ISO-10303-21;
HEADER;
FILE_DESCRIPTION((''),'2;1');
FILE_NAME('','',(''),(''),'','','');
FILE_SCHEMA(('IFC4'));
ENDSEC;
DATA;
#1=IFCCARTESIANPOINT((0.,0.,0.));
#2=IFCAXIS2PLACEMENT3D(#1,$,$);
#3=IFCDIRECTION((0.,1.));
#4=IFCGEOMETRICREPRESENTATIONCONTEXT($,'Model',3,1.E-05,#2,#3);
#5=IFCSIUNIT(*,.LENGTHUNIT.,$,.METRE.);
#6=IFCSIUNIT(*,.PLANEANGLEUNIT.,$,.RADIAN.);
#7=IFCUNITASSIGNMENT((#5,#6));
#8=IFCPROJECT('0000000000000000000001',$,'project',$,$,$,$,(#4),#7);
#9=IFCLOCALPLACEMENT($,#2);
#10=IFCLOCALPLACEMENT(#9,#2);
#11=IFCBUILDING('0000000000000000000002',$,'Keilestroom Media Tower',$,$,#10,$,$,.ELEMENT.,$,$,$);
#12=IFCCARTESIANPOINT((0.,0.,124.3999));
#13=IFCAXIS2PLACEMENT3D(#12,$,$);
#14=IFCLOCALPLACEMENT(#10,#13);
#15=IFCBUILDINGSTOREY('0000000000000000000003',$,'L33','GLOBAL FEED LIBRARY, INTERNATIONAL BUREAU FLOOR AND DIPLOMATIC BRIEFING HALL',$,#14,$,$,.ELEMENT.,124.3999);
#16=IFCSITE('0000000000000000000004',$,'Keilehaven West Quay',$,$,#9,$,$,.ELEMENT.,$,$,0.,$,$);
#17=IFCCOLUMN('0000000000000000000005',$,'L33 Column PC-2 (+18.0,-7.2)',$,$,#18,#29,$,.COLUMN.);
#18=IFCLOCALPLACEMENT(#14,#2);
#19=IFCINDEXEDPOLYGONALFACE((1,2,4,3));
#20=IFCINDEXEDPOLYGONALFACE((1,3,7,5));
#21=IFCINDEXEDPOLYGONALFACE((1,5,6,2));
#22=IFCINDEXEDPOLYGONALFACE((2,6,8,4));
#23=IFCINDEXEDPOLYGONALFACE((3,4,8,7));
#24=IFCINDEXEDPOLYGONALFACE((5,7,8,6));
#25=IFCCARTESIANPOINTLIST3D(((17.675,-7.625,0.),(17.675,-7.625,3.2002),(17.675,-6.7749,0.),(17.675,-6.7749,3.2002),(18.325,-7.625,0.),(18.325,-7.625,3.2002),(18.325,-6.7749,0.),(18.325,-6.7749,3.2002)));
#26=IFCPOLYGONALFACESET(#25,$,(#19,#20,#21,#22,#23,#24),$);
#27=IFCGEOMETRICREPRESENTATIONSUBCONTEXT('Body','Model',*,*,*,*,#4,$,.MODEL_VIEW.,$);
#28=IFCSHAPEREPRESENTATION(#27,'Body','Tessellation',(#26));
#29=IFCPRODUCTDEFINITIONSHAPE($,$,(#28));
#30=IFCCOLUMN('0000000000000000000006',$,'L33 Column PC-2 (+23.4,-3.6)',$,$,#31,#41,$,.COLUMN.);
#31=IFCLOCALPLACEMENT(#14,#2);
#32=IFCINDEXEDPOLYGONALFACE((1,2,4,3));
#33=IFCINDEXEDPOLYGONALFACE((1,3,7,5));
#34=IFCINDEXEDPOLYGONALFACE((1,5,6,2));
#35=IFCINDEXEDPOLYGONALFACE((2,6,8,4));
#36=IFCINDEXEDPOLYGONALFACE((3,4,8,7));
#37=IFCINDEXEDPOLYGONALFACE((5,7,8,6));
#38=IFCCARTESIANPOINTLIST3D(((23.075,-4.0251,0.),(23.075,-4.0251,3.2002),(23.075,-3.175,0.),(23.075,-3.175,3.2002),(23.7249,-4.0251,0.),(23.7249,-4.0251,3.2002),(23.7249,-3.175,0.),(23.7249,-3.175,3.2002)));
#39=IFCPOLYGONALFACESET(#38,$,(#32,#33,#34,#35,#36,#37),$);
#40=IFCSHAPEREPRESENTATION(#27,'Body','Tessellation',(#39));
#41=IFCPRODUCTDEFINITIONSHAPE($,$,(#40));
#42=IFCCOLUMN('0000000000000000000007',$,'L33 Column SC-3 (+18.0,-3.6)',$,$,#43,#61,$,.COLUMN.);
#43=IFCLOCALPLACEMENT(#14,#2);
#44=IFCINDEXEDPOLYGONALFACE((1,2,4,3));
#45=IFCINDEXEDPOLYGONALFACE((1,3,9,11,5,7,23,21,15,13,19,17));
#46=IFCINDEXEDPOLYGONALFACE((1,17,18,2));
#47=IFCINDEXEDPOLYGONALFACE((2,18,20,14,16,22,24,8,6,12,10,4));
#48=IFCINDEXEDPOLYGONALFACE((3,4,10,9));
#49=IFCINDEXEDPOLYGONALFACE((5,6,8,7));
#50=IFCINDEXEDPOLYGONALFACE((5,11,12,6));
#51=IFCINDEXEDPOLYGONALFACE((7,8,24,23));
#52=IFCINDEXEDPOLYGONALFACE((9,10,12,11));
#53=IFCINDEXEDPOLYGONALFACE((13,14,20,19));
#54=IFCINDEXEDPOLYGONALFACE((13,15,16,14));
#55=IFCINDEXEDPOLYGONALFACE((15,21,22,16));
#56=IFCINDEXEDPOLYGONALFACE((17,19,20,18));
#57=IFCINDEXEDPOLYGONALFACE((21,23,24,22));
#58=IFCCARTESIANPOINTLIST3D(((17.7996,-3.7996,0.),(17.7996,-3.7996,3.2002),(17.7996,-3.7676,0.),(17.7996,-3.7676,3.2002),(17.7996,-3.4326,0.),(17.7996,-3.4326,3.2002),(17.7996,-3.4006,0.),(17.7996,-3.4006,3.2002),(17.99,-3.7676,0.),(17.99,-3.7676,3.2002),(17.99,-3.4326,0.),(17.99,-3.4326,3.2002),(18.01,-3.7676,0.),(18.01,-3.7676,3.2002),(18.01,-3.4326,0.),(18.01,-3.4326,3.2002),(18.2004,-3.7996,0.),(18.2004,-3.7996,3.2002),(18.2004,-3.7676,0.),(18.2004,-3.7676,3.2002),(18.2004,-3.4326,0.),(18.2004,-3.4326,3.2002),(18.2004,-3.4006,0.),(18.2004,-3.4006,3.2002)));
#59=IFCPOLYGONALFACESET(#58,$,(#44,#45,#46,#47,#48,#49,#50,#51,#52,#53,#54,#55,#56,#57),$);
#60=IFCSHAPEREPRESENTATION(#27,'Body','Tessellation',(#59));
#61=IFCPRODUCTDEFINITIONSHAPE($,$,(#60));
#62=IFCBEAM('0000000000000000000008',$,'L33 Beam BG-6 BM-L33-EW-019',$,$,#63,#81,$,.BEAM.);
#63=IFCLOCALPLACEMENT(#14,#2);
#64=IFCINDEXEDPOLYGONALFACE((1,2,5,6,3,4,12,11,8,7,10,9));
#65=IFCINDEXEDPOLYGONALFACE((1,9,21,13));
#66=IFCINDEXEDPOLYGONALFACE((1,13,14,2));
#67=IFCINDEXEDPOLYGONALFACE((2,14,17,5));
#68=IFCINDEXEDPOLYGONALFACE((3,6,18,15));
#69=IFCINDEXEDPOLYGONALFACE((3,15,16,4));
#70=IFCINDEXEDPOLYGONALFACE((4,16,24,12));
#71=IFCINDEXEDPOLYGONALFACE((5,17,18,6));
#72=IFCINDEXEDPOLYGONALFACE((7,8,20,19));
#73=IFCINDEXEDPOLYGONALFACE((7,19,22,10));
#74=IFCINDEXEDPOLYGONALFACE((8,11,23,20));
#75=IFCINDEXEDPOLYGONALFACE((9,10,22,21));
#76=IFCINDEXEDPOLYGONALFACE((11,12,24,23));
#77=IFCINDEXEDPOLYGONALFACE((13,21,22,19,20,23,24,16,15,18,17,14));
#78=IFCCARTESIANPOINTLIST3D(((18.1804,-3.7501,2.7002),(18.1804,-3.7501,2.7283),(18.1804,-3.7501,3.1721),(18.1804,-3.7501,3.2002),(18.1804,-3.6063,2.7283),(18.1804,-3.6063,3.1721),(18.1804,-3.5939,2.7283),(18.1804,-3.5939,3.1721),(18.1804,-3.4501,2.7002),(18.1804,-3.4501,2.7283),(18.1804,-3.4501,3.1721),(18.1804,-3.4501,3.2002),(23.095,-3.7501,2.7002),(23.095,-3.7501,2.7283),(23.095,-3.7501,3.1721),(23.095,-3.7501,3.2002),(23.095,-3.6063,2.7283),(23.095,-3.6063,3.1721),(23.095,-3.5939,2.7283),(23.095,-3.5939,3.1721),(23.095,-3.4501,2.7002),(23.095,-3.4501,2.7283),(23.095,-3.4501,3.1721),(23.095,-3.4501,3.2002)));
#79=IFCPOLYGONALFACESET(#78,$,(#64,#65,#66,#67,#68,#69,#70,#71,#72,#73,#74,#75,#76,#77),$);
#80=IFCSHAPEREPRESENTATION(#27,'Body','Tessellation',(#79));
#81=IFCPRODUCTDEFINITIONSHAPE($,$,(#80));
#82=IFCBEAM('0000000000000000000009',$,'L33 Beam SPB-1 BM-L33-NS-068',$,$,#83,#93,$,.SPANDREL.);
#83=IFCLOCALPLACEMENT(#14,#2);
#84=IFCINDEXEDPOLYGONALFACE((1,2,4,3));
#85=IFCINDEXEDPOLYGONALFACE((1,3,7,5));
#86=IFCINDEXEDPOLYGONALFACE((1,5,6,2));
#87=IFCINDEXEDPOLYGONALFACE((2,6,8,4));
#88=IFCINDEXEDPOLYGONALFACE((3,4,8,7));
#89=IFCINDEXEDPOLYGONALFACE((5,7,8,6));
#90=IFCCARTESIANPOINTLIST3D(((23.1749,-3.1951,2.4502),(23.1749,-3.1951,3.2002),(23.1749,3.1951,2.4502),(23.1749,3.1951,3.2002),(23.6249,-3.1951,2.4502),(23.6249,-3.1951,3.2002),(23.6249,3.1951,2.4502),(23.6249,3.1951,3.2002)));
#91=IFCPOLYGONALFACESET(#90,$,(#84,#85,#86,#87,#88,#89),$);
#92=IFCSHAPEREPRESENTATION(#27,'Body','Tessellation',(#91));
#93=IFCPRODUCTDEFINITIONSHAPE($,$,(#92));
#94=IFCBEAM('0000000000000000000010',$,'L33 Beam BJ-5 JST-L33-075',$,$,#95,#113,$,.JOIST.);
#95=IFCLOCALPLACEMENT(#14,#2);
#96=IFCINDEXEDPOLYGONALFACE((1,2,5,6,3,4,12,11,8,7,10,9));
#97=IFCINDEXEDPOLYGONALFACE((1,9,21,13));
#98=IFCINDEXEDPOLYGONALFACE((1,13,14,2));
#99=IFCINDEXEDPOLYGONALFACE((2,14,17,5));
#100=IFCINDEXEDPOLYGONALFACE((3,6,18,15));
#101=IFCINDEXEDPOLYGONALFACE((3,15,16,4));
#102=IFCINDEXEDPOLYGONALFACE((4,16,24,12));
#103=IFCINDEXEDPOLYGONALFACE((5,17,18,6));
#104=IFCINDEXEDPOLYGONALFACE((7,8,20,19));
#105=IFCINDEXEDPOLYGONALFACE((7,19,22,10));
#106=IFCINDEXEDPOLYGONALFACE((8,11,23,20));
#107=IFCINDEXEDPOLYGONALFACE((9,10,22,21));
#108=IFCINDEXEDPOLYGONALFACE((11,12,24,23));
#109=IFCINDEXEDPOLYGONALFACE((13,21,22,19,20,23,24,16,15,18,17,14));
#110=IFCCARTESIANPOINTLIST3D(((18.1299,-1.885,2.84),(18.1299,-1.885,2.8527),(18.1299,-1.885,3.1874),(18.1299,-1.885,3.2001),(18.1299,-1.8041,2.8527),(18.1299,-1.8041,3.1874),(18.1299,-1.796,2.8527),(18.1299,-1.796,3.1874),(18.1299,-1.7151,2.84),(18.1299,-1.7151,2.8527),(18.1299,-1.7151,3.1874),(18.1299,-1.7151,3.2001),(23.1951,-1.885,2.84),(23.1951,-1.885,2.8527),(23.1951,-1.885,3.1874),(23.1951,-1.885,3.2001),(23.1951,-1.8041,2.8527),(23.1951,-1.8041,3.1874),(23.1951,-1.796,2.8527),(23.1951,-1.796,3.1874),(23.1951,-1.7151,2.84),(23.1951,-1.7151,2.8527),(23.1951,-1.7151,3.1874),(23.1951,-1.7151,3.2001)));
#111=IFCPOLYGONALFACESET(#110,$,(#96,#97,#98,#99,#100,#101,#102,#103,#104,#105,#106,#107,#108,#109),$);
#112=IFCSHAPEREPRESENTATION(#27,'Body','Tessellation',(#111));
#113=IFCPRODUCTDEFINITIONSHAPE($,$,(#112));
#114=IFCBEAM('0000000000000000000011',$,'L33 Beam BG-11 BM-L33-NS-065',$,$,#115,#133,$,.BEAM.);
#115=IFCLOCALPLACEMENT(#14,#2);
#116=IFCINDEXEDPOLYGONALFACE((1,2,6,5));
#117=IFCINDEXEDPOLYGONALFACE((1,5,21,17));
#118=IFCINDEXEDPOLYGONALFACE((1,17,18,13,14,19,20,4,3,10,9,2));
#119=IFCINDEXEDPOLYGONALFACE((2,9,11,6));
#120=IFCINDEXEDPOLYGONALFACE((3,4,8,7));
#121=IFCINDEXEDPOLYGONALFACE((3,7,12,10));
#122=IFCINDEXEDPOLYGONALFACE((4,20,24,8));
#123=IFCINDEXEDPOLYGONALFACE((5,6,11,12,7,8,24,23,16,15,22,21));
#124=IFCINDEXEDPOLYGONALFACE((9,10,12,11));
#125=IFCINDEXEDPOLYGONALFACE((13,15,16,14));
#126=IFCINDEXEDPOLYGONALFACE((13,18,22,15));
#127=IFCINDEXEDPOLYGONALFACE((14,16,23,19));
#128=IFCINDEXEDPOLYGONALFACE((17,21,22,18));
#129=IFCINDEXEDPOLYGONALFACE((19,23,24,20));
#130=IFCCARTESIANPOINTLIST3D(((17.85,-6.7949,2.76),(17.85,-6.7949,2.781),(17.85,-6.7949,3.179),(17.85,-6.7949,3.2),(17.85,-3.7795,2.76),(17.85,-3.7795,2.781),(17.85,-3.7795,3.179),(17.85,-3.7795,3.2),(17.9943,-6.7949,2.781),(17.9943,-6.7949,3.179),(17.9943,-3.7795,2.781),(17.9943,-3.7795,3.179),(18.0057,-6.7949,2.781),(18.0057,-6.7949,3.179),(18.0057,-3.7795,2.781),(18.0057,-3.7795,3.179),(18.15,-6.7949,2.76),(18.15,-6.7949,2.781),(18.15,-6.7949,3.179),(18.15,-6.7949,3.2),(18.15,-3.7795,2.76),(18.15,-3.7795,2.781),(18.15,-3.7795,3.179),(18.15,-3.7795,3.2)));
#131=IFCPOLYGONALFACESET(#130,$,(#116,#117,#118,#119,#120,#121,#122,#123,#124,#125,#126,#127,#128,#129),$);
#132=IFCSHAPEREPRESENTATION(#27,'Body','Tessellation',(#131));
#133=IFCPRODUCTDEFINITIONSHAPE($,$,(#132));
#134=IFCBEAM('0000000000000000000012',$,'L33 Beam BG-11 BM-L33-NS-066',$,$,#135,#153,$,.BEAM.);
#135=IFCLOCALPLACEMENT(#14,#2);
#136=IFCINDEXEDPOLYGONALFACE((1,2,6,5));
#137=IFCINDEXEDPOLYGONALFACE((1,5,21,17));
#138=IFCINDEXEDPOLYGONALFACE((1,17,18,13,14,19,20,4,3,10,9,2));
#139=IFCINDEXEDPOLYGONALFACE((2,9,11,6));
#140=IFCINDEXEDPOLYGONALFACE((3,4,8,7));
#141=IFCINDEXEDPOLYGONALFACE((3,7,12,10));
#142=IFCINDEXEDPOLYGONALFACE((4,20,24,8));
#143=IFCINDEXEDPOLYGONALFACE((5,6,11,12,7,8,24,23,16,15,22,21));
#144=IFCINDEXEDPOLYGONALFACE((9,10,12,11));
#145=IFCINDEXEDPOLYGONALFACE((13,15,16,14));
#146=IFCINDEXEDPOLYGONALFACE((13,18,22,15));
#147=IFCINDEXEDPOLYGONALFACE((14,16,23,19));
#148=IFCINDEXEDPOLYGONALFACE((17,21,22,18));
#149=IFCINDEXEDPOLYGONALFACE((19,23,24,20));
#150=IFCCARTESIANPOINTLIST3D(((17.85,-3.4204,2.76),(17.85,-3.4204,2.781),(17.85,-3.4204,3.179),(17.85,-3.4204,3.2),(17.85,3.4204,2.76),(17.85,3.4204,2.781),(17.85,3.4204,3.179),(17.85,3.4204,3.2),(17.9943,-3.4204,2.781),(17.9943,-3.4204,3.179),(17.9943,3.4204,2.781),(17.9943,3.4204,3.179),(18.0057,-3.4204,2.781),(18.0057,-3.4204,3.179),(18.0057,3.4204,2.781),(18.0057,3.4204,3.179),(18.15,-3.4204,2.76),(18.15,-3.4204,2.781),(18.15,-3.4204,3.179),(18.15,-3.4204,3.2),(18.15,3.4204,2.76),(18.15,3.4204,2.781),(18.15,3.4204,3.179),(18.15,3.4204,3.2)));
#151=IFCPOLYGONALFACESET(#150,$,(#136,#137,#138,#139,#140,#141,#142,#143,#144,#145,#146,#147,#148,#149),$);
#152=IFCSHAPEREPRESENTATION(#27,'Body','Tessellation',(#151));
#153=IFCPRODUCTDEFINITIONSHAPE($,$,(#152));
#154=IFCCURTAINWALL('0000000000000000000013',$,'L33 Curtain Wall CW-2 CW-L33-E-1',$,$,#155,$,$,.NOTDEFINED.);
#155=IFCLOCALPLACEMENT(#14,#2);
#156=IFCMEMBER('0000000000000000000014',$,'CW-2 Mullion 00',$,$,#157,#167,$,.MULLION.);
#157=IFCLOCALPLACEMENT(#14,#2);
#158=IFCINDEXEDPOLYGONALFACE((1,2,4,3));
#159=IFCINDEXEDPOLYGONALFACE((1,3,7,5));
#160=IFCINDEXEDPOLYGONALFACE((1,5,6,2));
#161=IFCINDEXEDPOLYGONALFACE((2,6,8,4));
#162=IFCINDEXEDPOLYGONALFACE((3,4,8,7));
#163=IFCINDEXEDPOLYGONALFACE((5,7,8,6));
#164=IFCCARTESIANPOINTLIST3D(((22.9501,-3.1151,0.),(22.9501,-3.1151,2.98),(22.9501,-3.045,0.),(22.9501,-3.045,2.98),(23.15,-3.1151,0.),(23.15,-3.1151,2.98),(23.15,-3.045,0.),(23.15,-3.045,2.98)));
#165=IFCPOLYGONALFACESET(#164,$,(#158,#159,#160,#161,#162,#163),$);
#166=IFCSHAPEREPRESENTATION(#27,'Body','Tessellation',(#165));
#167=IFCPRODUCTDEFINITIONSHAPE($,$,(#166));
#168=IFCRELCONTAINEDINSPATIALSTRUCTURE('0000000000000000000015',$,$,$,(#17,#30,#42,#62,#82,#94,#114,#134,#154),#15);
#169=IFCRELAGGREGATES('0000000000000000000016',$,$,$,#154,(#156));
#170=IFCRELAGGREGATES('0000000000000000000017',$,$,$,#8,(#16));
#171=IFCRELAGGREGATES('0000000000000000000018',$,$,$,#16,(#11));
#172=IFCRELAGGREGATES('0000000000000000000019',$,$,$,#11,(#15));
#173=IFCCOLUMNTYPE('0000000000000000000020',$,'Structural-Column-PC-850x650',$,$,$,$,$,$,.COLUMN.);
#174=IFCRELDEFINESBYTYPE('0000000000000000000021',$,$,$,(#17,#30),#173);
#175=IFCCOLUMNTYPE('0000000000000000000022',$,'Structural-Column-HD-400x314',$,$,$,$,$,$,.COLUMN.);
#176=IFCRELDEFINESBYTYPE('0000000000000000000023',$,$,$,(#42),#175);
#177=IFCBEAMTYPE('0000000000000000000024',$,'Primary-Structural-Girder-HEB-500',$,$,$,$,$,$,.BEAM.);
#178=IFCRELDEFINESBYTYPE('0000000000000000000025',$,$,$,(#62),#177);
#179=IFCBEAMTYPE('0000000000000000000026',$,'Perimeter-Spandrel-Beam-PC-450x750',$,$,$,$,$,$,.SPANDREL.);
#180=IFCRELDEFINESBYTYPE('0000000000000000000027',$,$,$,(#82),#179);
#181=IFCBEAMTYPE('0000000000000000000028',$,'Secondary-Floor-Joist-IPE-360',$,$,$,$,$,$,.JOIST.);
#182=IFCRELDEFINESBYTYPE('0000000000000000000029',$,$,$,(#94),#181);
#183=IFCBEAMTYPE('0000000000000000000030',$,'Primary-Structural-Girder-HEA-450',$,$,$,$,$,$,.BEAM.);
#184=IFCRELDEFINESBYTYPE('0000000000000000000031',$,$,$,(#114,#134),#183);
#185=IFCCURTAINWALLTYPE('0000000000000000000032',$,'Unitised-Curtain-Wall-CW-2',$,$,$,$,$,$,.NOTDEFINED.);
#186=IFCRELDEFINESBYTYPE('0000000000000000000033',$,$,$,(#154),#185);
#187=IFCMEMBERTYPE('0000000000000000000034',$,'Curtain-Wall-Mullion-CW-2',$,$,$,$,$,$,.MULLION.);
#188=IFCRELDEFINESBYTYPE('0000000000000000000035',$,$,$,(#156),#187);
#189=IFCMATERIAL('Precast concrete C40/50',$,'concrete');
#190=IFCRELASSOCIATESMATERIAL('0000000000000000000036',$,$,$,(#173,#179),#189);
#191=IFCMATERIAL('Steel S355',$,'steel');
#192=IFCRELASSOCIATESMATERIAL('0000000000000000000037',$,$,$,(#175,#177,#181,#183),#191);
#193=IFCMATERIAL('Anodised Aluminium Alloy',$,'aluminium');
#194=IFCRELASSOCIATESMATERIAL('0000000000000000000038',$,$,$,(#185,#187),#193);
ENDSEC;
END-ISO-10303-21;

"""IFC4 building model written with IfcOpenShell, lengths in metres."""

from ifc_helpers import new_model, si_unit, direction, frame, origin, origin_2d, place, context, subcontext, project, spatial, rectangle, i_section, extrude, source, transform, mapped, material, material_profile, profile_set, type_object, element, aggregate, save


model = new_model("IFC4")

# Units and contexts
model_context = context("Model", 3, precision=1e-05, world=origin(), true_north=direction((0.0, 1.0)))
body_context = subcontext(model_context, "Body", "Model", "MODEL_VIEW")
ifc_project = project(units=[si_unit("LENGTHUNIT", "METRE"), si_unit("PLANEANGLEUNIT", "RADIAN")], contexts=[model_context])

# Site, building, storey
site_placement = place(None, origin())
site = spatial("IfcSite", under=ifc_project, at=site_placement, Name="Keilehaven West Quay", CompositionType="ELEMENT", RefElevation=0.0)
building_placement = place(site_placement, origin())
building = spatial("IfcBuilding", under=site, at=building_placement, Name="Keilestroom Media Tower", CompositionType="ELEMENT")
storey_placement = place(building_placement, frame((0.0, 0.0, 124.3999)))
storey = spatial("IfcBuildingStorey", under=building, at=storey_placement, Name="L33", Description="GLOBAL FEED LIBRARY, INTERNATIONAL BUREAU FLOOR AND DIPLOMATIC BRIEFING HALL", CompositionType="ELEMENT", Elevation=124.3999)

# Columns
ifc_material_1 = material(Name="Precast concrete C40/50", Category="concrete")
ifc_material_profile_1 = material_profile(ifc_material_1, rectangle(XDim=0.6499, YDim=0.8501, at=origin_2d()), Name="PC 850x650")
ifc_profile_set_1 = profile_set([ifc_material_profile_1], Name="Precast concrete C40/50")
column_type_1 = type_object("IfcColumnType", Name="Structural-Column-PC-850x650", PredefinedType="COLUMN", material=ifc_profile_set_1)
shared_shape_1 = source(origin(), body_context, "Body", "SweptSolid", [
    extrude(rectangle(XDim=0.6499, YDim=0.8501, at=origin_2d()), origin(), (0.0, 0.0, 1.0), 3.2002),
])
for number, where, z_axis, x_axis, name in (
    (1, (18.0, -7.2, 0.0), (0.0, 0.0, 1.0), (1.0, 0.0, 0.0), "L33 Column PC-2 (+18.0,-7.2)"),
    (2, (23.3999, -3.6001, 0.0), (0.0, 0.0, 1.0), (1.0, 0.0, 0.0), "L33 Column PC-2 (+23.4,-3.6)"),
):
    element("IfcColumn", number, at=place(storey_placement, frame(where, z_axis=z_axis, x_axis=x_axis)), inside=storey, type_object=column_type_1, Name=name, PredefinedType="COLUMN", context=body_context, shape_type="MappedRepresentation", body=[
        mapped(shared_shape_1, transform((0.0, 0.0, 0.0), x_axis=(1.0, 0.0, 0.0), y_axis=(0.0, 1.0, 0.0), z_axis=(0.0, 0.0, 1.0), scale=1.0)),
    ])
ifc_material_2 = material(Name="Steel S355", Category="steel")
ifc_material_profile_2 = material_profile(ifc_material_2, i_section(OverallWidth=0.4009, OverallDepth=0.3989, WebThickness=0.02, FlangeThickness=0.032, at=origin_2d()), Name="HD 400x314")
ifc_profile_set_2 = profile_set([ifc_material_profile_2], Name="Steel S355")
column_type_2 = type_object("IfcColumnType", Name="Structural-Column-HD-400x314", PredefinedType="COLUMN", material=ifc_profile_set_2)
shared_shape_2 = source(origin(), body_context, "Body", "SweptSolid", [
    extrude(i_section(OverallWidth=0.4009, OverallDepth=0.3989, WebThickness=0.02, FlangeThickness=0.032, at=origin_2d()), origin(), (0.0, 0.0, 1.0), 3.2002),
])
column_placement = place(storey_placement, frame((18.0, -3.6001, 0.0), z_axis=(0.0, 0.0, 1.0), x_axis=(1.0, 0.0, 0.0)))
element("IfcColumn", 3, at=column_placement, inside=storey, type_object=column_type_2, Name="L33 Column SC-3 (+18.0,-3.6)", PredefinedType="COLUMN", context=body_context, shape_type="MappedRepresentation", body=[
    mapped(shared_shape_2, transform((0.0, 0.0, 0.0), x_axis=(1.0, 0.0, 0.0), y_axis=(0.0, 1.0, 0.0), z_axis=(0.0, 0.0, 1.0), scale=1.0)),
])

# Beams
ifc_material_profile_3 = material_profile(ifc_material_2, i_section(OverallWidth=0.3, OverallDepth=0.5, WebThickness=0.0125, FlangeThickness=0.0281, at=origin_2d()), Name="HEB 500")
ifc_profile_set_3 = profile_set([ifc_material_profile_3], Name="Steel S355")
beam_type_1 = type_object("IfcBeamType", Name="Primary-Structural-Girder-HEB-500", PredefinedType="BEAM", material=ifc_profile_set_3)
shared_shape_3 = source(origin(), body_context, "Body", "SweptSolid", [
    extrude(i_section(OverallWidth=0.3, OverallDepth=0.5, WebThickness=0.0125, FlangeThickness=0.0281, at=origin_2d()), origin(), (0.0, 0.0, 1.0), 4.9146),
])
beam_1_placement = place(storey_placement, frame((18.1804, -3.6001, 2.9502), z_axis=(1.0, 0.0, 0.0), x_axis=(0.0, 1.0, 0.0)))
element("IfcBeam", 4, at=beam_1_placement, inside=storey, type_object=beam_type_1, Name="L33 Beam BG-6 BM-L33-EW-019", PredefinedType="BEAM", context=body_context, shape_type="MappedRepresentation", body=[
    mapped(shared_shape_3, transform((0.0, 0.0, 0.0), x_axis=(1.0, 0.0, 0.0), y_axis=(0.0, 1.0, 0.0), z_axis=(0.0, 0.0, 1.0), scale=1.0)),
])
ifc_material_profile_4 = material_profile(ifc_material_1, rectangle(XDim=0.45, YDim=0.75, at=origin_2d()), Name="PC 450x750")
ifc_profile_set_4 = profile_set([ifc_material_profile_4], Name="Precast concrete C40/50")
beam_type_2 = type_object("IfcBeamType", Name="Perimeter-Spandrel-Beam-PC-450x750", PredefinedType="SPANDREL", material=ifc_profile_set_4)
shared_shape_4 = source(origin(), body_context, "Body", "SweptSolid", [
    extrude(rectangle(XDim=0.45, YDim=0.75, at=origin_2d()), origin(), (0.0, 0.0, 1.0), 6.3901),
])
beam_2_placement = place(storey_placement, frame((23.3999, -3.1951, 2.8252), z_axis=(0.0, 1.0, 0.0), x_axis=(-1.0, 0.0, 0.0)))
element("IfcBeam", 5, at=beam_2_placement, inside=storey, type_object=beam_type_2, Name="L33 Beam SPB-1 BM-L33-NS-068", PredefinedType="SPANDREL", context=body_context, shape_type="MappedRepresentation", body=[
    mapped(shared_shape_4, transform((0.0, 0.0, 0.0), x_axis=(1.0, 0.0, 0.0), y_axis=(0.0, 1.0, 0.0), z_axis=(0.0, 0.0, 1.0), scale=1.0)),
])
ifc_material_profile_5 = material_profile(ifc_material_2, i_section(OverallWidth=0.1699, OverallDepth=0.3601, WebThickness=0.0081, FlangeThickness=0.0127, at=origin_2d()), Name="IPE 360")
ifc_profile_set_5 = profile_set([ifc_material_profile_5], Name="Steel S355")
beam_type_3 = type_object("IfcBeamType", Name="Secondary-Floor-Joist-IPE-360", PredefinedType="JOIST", material=ifc_profile_set_5)
shared_shape_5 = source(origin(), body_context, "Body", "SweptSolid", [
    extrude(i_section(OverallWidth=0.1699, OverallDepth=0.3601, WebThickness=0.0081, FlangeThickness=0.0127, at=origin_2d()), origin(), (0.0, 0.0, 1.0), 5.0652),
])
beam_3_placement = place(storey_placement, frame((18.1299, -1.8, 3.02), z_axis=(1.0, 0.0, 0.0), x_axis=(0.0, 1.0, 0.0)))
element("IfcBeam", 6, at=beam_3_placement, inside=storey, type_object=beam_type_3, Name="L33 Beam BJ-5 JST-L33-075", PredefinedType="JOIST", context=body_context, shape_type="MappedRepresentation", body=[
    mapped(shared_shape_5, transform((0.0, 0.0, 0.0), x_axis=(1.0, 0.0, 0.0), y_axis=(0.0, 1.0, 0.0), z_axis=(0.0, 0.0, 1.0), scale=1.0)),
])
ifc_material_profile_6 = material_profile(ifc_material_2, i_section(OverallWidth=0.3, OverallDepth=0.4399, WebThickness=0.0115, FlangeThickness=0.021, at=origin_2d()), Name="HEA 450")
ifc_profile_set_6 = profile_set([ifc_material_profile_6], Name="Steel S355")
beam_type_4 = type_object("IfcBeamType", Name="Primary-Structural-Girder-HEA-450", PredefinedType="BEAM", material=ifc_profile_set_6)
shared_shape_6 = source(origin(), body_context, "Body", "SweptSolid", [
    extrude(i_section(OverallWidth=0.3, OverallDepth=0.4399, WebThickness=0.0115, FlangeThickness=0.021, at=origin_2d()), origin(), (0.0, 0.0, 1.0), 3.0154),
])
beam_4_placement = place(storey_placement, frame((18.0, -6.7949, 2.98), z_axis=(0.0, 1.0, 0.0), x_axis=(-1.0, 0.0, 0.0)))
element("IfcBeam", 7, at=beam_4_placement, inside=storey, type_object=beam_type_4, Name="L33 Beam BG-11 BM-L33-NS-065", PredefinedType="BEAM", context=body_context, shape_type="MappedRepresentation", body=[
    mapped(shared_shape_6, transform((0.0, 0.0, 0.0), x_axis=(1.0, 0.0, 0.0), y_axis=(0.0, 1.0, 0.0), z_axis=(0.0, 0.0, 1.0), scale=1.0)),
])
shared_shape_7 = source(origin(), body_context, "Body", "SweptSolid", [
    extrude(i_section(OverallWidth=0.3, OverallDepth=0.4399, WebThickness=0.0115, FlangeThickness=0.021, at=origin_2d()), origin(), (0.0, 0.0, 1.0), 6.8408),
])
beam_5_placement = place(storey_placement, frame((18.0, -3.4204, 2.98), z_axis=(0.0, 1.0, 0.0), x_axis=(-1.0, 0.0, 0.0)))
element("IfcBeam", 8, at=beam_5_placement, inside=storey, type_object=beam_type_4, Name="L33 Beam BG-11 BM-L33-NS-066", PredefinedType="BEAM", context=body_context, shape_type="MappedRepresentation", body=[
    mapped(shared_shape_7, transform((0.0, 0.0, 0.0), x_axis=(1.0, 0.0, 0.0), y_axis=(0.0, 1.0, 0.0), z_axis=(0.0, 0.0, 1.0), scale=1.0)),
])

# Curtain wall, member
ifc_material_3 = material(Name="Anodised Aluminium Alloy", Category="aluminium")
curtain_wall_type = type_object("IfcCurtainWallType", Name="Unitised-Curtain-Wall-CW-2", PredefinedType="NOTDEFINED", material=ifc_material_3)
curtain_wall_1_placement = place(storey_placement, origin())
curtain_wall_1 = element("IfcCurtainWall", 9, at=curtain_wall_1_placement, inside=storey, type_object=curtain_wall_type, Name="L33 Curtain Wall CW-2 CW-L33-E-1", PredefinedType="NOTDEFINED")
ifc_material_profile_7 = material_profile(ifc_material_3, rectangle(XDim=0.0701, YDim=0.2, at=origin_2d()), Name="ALU MULLION 70x200")
ifc_profile_set_7 = profile_set([ifc_material_profile_7], Name="Anodised Aluminium Alloy")
member_type_1 = type_object("IfcMemberType", Name="Curtain-Wall-Mullion-CW-2", PredefinedType="MULLION", material=ifc_profile_set_7)
shared_shape_8 = source(origin(), body_context, "Body", "SweptSolid", [
    extrude(rectangle(XDim=0.0701, YDim=0.2, at=origin_2d()), origin(), (0.0, 0.0, 1.0), 2.98),
])
member_1_placement = place(storey_placement, frame((23.05, -3.0801, 0.0), z_axis=(0.0, 0.0, 1.0), x_axis=(0.0, 1.0, 0.0)))
member_1 = element("IfcMember", 10, at=member_1_placement, type_object=member_type_1, Name="CW-2 Mullion 00", PredefinedType="MULLION", context=body_context, shape_type="MappedRepresentation", body=[
    mapped(shared_shape_8, transform((0.0, 0.0, 0.0), x_axis=(1.0, 0.0, 0.0), y_axis=(0.0, 1.0, 0.0), z_axis=(0.0, 0.0, 1.0), scale=1.0)),
])

aggregate(curtain_wall_1, [member_1])

save(model, "model.ifc")
